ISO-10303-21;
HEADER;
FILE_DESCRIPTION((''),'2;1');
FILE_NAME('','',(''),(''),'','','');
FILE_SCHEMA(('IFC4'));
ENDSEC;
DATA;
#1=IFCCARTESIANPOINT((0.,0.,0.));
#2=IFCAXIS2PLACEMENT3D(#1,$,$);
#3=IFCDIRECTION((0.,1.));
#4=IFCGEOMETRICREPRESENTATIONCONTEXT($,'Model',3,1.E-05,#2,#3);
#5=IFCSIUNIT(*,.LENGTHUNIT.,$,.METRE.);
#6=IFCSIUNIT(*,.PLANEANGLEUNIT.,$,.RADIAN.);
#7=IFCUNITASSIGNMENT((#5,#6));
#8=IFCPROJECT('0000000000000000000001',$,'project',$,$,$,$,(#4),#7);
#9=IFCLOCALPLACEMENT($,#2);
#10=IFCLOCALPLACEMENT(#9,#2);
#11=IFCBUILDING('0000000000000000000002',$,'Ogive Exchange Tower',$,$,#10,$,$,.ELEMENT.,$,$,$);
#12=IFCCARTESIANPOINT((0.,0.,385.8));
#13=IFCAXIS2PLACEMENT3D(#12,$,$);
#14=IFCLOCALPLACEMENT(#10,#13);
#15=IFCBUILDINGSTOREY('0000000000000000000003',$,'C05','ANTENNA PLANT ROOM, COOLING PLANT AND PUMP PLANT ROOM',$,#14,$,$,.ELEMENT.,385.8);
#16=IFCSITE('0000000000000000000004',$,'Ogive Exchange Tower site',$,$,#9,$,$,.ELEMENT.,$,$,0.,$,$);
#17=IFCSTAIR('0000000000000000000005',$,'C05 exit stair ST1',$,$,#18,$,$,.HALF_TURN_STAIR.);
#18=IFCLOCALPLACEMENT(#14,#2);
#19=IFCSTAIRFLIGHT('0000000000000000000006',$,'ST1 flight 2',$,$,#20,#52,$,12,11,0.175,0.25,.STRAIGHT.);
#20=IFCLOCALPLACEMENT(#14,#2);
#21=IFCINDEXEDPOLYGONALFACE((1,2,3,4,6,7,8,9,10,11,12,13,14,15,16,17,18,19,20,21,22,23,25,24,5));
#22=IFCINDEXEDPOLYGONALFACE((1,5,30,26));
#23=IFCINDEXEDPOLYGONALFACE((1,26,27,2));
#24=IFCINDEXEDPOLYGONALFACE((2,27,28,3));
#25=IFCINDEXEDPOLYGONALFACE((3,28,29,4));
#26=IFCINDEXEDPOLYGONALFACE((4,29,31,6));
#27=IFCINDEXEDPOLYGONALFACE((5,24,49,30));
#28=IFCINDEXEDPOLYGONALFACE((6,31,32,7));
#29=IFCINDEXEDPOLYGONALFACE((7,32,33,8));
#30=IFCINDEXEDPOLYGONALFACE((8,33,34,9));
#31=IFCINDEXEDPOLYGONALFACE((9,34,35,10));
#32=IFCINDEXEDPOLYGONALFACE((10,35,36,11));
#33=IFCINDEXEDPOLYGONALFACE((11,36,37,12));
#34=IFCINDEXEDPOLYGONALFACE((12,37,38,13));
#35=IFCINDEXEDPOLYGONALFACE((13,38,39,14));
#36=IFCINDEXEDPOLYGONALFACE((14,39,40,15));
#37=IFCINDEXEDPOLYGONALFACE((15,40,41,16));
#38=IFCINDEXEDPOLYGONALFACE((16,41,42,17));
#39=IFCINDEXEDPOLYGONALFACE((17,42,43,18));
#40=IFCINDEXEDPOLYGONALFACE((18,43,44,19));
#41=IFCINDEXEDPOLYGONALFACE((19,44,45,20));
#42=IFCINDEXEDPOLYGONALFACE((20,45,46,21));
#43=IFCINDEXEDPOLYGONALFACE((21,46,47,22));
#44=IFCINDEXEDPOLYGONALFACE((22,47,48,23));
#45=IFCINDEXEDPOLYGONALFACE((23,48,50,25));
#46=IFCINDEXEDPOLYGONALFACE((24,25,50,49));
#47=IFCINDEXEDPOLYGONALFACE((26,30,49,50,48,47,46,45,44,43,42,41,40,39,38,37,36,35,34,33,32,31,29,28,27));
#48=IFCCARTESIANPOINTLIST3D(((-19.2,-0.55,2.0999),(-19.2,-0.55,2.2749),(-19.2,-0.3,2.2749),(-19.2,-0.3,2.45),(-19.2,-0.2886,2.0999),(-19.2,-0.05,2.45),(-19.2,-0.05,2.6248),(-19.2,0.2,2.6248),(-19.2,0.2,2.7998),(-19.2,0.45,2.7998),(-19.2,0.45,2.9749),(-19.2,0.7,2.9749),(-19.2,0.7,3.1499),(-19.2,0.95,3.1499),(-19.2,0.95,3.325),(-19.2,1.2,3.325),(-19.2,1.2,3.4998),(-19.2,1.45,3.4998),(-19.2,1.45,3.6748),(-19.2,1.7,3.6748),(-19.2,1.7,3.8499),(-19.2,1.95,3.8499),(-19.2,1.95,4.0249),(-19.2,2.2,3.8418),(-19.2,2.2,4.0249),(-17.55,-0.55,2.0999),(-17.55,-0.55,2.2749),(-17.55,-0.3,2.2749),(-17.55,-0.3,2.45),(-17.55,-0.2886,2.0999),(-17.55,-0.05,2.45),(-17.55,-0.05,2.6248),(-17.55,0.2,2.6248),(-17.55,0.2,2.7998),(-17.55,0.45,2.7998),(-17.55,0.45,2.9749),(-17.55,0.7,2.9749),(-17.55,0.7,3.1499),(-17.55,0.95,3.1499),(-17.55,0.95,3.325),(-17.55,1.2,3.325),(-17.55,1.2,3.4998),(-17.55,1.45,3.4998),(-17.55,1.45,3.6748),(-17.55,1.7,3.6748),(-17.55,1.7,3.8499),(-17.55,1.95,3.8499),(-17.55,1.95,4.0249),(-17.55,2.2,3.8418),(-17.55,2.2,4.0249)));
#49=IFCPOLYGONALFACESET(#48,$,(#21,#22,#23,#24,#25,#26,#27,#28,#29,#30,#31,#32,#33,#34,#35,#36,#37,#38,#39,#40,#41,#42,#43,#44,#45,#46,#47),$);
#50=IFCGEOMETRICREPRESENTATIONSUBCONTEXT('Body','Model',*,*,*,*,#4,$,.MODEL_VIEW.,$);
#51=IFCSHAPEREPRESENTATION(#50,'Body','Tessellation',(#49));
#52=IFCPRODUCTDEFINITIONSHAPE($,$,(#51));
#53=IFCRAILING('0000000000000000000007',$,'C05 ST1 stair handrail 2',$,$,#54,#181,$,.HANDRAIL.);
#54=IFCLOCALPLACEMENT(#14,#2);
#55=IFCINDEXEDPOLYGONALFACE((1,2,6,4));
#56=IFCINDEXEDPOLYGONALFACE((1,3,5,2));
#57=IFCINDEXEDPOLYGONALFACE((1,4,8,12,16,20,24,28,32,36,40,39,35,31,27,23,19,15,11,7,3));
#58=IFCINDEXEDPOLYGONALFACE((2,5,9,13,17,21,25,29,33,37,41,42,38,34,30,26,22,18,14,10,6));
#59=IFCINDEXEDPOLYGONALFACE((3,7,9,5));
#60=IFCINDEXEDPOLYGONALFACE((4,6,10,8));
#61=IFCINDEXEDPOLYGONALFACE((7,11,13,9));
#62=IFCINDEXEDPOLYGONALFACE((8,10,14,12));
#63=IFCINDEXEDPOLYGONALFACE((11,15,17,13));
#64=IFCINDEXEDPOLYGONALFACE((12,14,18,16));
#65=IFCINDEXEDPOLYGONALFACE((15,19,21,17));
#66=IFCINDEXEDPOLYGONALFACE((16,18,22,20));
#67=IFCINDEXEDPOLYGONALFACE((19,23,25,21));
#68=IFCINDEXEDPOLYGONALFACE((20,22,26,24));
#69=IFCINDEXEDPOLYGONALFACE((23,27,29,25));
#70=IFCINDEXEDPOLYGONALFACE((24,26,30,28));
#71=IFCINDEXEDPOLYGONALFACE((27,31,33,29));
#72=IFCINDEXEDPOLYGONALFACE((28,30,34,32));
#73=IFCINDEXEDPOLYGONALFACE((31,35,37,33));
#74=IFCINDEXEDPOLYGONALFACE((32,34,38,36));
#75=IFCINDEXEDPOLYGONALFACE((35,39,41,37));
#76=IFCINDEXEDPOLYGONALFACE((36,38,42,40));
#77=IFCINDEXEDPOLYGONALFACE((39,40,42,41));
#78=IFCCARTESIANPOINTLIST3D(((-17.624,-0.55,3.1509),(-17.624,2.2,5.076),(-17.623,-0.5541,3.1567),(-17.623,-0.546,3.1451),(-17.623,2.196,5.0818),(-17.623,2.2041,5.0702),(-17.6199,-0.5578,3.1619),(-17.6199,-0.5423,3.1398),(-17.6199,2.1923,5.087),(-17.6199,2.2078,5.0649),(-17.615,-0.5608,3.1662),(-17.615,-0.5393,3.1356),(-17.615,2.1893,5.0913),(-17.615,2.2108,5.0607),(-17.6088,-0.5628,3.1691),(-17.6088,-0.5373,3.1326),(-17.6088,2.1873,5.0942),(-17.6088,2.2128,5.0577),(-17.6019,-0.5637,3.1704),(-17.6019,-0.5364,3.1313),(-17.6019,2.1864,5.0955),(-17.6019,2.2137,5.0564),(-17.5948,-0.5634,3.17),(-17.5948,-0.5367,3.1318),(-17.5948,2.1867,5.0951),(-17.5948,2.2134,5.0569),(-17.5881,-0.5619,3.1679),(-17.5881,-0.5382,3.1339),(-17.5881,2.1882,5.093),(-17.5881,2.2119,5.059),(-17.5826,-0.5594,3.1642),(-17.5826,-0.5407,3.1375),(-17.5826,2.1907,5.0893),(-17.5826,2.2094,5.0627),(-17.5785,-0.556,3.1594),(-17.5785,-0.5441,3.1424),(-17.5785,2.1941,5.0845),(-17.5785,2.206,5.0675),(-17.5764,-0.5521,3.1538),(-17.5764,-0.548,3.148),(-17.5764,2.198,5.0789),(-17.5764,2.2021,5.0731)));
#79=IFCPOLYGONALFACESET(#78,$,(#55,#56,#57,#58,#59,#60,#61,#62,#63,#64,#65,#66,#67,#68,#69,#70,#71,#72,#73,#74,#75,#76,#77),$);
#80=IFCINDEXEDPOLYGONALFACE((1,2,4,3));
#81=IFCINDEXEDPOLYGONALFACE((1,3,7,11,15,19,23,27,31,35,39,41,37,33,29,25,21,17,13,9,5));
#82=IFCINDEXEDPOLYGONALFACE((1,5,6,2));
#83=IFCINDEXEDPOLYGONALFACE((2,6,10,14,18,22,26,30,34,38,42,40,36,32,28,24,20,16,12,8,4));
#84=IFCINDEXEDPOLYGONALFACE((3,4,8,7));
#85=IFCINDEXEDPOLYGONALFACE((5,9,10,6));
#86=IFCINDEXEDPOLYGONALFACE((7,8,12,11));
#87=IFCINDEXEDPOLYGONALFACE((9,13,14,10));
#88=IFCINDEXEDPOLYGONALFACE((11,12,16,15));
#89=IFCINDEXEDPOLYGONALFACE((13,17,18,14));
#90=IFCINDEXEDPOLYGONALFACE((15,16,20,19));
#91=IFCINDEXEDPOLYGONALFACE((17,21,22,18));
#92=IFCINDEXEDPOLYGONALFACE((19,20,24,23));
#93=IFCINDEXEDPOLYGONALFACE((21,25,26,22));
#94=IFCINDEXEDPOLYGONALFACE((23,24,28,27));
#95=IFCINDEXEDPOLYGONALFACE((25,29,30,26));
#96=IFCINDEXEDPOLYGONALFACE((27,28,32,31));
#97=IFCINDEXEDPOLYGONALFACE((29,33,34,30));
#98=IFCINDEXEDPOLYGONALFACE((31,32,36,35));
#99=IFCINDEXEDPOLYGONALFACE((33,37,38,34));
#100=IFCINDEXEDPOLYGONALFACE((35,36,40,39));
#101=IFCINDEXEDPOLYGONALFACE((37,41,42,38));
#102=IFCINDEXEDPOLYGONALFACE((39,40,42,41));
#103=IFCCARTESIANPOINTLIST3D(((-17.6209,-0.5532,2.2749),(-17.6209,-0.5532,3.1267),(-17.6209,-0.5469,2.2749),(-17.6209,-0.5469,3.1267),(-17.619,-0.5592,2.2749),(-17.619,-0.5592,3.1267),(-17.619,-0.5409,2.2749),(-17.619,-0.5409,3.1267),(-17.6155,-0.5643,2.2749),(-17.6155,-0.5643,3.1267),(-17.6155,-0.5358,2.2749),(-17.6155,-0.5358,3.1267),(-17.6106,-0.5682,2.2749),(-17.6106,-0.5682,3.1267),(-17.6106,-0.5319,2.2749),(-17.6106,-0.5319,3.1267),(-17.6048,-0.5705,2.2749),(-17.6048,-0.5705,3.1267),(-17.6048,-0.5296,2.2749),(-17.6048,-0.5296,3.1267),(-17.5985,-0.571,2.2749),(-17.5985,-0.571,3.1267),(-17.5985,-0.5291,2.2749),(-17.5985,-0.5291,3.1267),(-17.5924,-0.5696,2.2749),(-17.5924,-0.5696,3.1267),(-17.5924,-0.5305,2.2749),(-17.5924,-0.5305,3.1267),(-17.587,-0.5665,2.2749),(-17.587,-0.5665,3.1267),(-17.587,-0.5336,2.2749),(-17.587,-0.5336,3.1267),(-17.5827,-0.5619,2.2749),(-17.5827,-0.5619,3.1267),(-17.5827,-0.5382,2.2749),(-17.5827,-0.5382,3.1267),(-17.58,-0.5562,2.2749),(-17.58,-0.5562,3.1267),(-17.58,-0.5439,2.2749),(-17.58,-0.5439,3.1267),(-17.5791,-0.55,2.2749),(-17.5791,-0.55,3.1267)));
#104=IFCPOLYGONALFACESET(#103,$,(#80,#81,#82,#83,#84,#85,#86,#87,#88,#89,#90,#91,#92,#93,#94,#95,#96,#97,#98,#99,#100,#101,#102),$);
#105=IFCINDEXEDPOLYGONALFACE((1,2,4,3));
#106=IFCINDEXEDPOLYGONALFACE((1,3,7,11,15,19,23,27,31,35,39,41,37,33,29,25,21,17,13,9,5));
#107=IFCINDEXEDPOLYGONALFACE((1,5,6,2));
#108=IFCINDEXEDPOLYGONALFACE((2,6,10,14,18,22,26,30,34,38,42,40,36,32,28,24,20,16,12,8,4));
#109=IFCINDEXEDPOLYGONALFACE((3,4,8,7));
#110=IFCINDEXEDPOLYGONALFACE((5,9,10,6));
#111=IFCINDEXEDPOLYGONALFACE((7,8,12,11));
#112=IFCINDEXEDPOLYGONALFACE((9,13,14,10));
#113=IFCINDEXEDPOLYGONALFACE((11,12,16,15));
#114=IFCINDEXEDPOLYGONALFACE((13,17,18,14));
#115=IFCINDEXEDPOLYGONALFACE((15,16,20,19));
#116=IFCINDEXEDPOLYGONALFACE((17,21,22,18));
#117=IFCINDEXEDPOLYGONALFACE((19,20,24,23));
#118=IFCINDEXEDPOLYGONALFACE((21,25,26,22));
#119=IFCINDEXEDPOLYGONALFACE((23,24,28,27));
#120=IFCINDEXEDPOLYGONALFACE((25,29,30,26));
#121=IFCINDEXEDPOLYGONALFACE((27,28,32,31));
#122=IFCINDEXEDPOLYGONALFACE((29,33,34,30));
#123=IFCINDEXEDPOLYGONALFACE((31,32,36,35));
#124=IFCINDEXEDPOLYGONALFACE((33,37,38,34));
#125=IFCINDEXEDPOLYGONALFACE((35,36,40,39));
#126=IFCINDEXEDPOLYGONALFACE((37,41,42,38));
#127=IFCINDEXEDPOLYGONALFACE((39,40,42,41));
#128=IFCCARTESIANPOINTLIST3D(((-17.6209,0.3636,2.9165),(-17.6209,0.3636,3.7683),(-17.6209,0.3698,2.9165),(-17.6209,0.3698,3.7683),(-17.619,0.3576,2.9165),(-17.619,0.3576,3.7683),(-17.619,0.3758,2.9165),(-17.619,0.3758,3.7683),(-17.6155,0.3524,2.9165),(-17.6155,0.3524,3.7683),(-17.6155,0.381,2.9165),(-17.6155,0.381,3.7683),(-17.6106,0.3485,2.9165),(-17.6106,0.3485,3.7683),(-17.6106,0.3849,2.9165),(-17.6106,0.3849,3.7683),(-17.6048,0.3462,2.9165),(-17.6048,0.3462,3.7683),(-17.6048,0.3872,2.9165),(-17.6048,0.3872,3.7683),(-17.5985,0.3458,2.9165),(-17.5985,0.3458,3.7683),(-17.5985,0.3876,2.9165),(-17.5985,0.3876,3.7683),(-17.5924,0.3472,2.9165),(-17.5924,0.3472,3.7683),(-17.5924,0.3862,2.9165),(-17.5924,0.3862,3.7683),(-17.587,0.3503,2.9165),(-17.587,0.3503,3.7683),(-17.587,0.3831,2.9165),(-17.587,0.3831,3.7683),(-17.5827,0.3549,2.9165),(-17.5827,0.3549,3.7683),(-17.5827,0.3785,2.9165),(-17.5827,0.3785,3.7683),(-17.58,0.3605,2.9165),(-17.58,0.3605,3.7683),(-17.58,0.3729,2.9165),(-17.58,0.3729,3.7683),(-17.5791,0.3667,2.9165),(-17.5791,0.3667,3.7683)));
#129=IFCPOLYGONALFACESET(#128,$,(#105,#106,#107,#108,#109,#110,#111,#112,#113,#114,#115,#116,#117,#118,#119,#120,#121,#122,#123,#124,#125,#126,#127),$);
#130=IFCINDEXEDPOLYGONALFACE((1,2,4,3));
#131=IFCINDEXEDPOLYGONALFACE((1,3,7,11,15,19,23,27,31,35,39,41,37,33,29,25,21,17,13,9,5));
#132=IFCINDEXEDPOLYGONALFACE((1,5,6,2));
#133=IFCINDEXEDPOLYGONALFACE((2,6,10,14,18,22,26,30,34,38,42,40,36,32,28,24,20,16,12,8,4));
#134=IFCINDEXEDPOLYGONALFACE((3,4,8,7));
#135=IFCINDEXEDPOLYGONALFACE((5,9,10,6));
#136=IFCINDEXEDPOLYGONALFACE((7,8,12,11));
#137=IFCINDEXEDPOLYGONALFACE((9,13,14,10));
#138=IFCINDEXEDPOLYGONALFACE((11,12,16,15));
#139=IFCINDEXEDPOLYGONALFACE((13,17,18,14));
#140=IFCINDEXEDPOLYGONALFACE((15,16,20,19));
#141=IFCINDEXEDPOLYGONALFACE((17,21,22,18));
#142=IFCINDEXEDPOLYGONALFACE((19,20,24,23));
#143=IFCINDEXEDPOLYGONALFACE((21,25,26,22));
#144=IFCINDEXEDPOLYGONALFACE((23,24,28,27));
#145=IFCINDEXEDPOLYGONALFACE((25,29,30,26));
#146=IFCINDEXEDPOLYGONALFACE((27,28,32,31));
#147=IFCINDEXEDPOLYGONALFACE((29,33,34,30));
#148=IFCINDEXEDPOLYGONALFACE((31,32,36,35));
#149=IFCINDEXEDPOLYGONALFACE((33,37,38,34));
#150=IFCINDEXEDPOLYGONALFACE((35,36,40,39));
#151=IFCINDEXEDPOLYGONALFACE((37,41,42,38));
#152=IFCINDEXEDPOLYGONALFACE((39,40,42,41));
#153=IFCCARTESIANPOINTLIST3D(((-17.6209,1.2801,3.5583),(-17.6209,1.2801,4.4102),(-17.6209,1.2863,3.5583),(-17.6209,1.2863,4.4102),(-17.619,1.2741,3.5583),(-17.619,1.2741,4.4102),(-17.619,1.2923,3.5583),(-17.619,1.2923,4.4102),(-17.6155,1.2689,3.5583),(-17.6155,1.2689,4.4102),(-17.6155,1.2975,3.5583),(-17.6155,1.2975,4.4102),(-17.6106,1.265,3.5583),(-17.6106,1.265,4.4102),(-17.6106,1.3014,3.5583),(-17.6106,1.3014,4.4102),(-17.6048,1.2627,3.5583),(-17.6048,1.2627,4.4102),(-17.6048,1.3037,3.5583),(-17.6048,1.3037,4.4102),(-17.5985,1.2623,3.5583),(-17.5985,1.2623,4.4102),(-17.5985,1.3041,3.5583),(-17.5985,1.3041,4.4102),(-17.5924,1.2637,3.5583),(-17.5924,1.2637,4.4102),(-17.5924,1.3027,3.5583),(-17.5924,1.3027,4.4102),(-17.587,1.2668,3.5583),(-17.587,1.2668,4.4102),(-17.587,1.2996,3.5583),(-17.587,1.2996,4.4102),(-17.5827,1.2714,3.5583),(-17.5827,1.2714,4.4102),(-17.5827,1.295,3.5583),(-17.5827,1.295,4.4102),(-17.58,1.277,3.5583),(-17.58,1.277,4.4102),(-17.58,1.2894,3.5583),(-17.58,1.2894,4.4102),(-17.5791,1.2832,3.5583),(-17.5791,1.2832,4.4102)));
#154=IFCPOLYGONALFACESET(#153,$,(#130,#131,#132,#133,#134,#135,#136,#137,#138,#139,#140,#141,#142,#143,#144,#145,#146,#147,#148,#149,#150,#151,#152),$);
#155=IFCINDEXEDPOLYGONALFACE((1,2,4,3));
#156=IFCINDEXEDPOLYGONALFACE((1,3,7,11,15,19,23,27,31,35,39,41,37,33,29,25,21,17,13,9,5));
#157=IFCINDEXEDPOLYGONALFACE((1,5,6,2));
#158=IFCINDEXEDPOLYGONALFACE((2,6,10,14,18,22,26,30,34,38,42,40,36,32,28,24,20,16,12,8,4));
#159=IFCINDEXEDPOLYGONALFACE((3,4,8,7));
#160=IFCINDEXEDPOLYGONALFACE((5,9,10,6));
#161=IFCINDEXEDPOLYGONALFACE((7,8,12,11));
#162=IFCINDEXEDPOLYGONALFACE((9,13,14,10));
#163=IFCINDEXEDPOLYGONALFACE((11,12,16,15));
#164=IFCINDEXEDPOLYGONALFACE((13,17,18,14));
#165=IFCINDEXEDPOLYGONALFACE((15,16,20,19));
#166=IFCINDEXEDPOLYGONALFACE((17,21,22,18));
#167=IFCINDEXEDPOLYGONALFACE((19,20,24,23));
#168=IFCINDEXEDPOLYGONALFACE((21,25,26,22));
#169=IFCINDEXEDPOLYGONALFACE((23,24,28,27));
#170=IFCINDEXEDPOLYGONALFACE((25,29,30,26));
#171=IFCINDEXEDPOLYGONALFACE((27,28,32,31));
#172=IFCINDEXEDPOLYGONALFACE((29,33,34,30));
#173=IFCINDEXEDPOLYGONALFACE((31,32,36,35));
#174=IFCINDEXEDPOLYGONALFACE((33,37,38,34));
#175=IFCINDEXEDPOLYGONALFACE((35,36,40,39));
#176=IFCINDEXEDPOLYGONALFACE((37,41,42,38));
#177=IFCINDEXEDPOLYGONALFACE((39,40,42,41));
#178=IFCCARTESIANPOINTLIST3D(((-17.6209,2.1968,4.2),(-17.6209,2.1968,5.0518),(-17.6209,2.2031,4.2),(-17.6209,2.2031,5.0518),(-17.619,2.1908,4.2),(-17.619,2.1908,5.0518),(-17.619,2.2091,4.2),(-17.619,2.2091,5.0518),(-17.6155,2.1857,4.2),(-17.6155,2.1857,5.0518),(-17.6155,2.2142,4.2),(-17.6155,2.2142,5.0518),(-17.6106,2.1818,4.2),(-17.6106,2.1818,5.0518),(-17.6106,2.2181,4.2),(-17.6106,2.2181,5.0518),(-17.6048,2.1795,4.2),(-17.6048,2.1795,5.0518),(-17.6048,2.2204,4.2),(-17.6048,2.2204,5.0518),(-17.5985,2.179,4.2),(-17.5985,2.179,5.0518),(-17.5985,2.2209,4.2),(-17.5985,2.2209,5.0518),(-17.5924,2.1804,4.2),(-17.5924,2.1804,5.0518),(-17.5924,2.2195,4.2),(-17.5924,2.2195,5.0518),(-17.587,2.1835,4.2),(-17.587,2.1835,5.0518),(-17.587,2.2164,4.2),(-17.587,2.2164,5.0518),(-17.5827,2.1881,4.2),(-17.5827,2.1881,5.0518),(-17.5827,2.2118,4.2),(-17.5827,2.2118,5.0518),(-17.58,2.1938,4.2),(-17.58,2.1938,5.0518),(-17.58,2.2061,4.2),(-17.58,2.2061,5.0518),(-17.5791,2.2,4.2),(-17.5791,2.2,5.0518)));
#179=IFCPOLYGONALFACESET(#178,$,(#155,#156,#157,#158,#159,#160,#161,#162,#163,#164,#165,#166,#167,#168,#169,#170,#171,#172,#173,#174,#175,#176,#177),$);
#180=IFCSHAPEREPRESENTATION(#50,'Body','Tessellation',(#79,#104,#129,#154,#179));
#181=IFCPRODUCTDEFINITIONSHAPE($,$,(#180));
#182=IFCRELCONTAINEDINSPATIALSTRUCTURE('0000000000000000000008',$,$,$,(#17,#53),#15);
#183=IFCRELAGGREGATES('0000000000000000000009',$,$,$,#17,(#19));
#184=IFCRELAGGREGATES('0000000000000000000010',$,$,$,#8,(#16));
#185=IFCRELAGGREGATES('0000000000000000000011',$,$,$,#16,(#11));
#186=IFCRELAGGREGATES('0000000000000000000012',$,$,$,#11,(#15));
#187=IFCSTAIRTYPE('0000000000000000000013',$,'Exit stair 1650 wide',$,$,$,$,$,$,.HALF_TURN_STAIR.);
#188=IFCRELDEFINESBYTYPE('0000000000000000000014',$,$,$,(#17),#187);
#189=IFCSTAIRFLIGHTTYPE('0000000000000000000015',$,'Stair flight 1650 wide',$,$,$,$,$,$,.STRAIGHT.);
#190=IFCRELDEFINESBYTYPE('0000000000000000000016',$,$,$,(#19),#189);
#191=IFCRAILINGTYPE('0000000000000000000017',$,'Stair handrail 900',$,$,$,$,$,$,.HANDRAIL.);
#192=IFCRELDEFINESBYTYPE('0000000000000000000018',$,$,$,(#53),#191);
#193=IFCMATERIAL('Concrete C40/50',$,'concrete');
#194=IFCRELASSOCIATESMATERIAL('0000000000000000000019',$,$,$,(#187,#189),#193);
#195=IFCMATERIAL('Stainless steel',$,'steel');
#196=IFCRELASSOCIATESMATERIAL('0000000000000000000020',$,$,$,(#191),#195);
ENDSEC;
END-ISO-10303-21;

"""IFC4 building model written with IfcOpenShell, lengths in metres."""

from ifc_helpers import new_model, si_unit, direction, frame, origin, origin_2d, place, context, subcontext, project, spatial, polyline, circle, outline, extrude, material, type_object, element, aggregate, save


model = new_model("IFC4")

# Units and contexts
model_context = context("Model", 3, precision=1e-05, world=origin(), true_north=direction((0.0, 1.0)))
body_context = subcontext(model_context, "Body", "Model", "MODEL_VIEW")
ifc_project = project(units=[si_unit("LENGTHUNIT", "METRE"), si_unit("PLANEANGLEUNIT", "RADIAN")], contexts=[model_context])

# Site, building, storey
site_placement = place(None, origin())
site = spatial("IfcSite", under=ifc_project, at=site_placement, Name="Ogive Exchange Tower site", CompositionType="ELEMENT", RefElevation=0.0)
building_placement = place(site_placement, origin())
building = spatial("IfcBuilding", under=site, at=building_placement, Name="Ogive Exchange Tower", CompositionType="ELEMENT")
storey_placement = place(building_placement, frame((0.0, 0.0, 385.8)))
storey = spatial("IfcBuildingStorey", under=building, at=storey_placement, Name="C05", Description="ANTENNA PLANT ROOM, COOLING PLANT AND PUMP PLANT ROOM", CompositionType="ELEMENT", Elevation=385.8)

# Shared definitions
ifc_material_1 = material(Name="Stainless steel", Category="steel")

# Stair, stair flight
ifc_material_2 = material(Name="Concrete C40/50", Category="concrete")
stair_type = type_object("IfcStairType", Name="Exit stair 1650 wide", PredefinedType="HALF_TURN_STAIR", material=ifc_material_2)
stair_placement = place(storey_placement, origin())
stair = element("IfcStair", 1, at=stair_placement, inside=storey, type_object=stair_type, Name="C05 exit stair ST1", PredefinedType="HALF_TURN_STAIR")
stair_flight_type = type_object("IfcStairFlightType", Name="Stair flight 1650 wide", PredefinedType="STRAIGHT", material=ifc_material_2)
stair_flight_placement = place(storey_placement, frame((-18.375, -0.55, 2.0999), z_axis=(0.0, 0.0, 1.0), x_axis=(0.0, 1.0, 0.0)))
stair_flight = element("IfcStairFlight", 2, at=stair_flight_placement, type_object=stair_flight_type, Name="ST1 flight 2", NumberOfRisers=12, NumberOfTreads=11, PredefinedType="STRAIGHT", RiserHeight=0.175, TreadLength=0.25, context=body_context, shape_type="SweptSolid", body=[
    extrude(outline(polyline([(0.0, 0.0), (0.0, 0.175), (0.25, 0.175), (0.25, 0.3501), (0.5, 0.3501), (0.5, 0.5249), (0.75, 0.5249), (0.75, 0.7), (1.0, 0.7), (1.0, 0.875), (1.25, 0.875), (1.25, 1.05), (1.5, 1.05), (1.5, 1.2251), (1.75, 1.2251), (1.75, 1.3999), (2.0, 1.3999), (2.0, 1.575), (2.25, 1.575), (2.25, 1.75), (2.5, 1.75), (2.5, 1.925), (2.75, 1.925), (2.75, 2.1001), (2.75, 1.7419), (0.2615, 0.0), (0.0, 0.0)])), frame((0.0, 0.825, 0.0), z_axis=(0.0, -1.0, 0.0), x_axis=(1.0, 0.0, 0.0)), (0.0, 0.0, 1.0), 1.6499),
])
aggregate(stair, [stair_flight])

# Railing
railing_type = type_object("IfcRailingType", Name="Stair handrail 900", PredefinedType="HANDRAIL", material=ifc_material_1)
railing_placement = place(storey_placement, frame((-17.6001, -0.55, 2.2749)))
element("IfcRailing", 3, at=railing_placement, inside=storey, type_object=railing_type, Name="C05 ST1 stair handrail 2", PredefinedType="HANDRAIL", context=body_context, shape_type="SweptSolid", body=[
    extrude(circle(Radius=0.0239, at=origin_2d()), frame((0.0, 0.0, 0.876), z_axis=(0.0, 0.819225, 0.573472), x_axis=(-1.0, 0.0, 0.0)), (0.0, 0.0, 1.0), 3.3569),
    extrude(circle(Radius=0.021, at=origin_2d()), origin(), (0.0, 0.0, 1.0), 0.8518),
    extrude(circle(Radius=0.021, at=origin_2d()), frame((0.0, 0.9167, 0.6416)), (0.0, 0.0, 1.0), 0.8518),
    extrude(circle(Radius=0.021, at=origin_2d()), frame((0.0, 1.8333, 1.2834)), (0.0, 0.0, 1.0), 0.8518),
    extrude(circle(Radius=0.021, at=origin_2d()), frame((0.0, 2.75, 1.925)), (0.0, 0.0, 1.0), 0.8518),
])

save(model, "model.ifc")
